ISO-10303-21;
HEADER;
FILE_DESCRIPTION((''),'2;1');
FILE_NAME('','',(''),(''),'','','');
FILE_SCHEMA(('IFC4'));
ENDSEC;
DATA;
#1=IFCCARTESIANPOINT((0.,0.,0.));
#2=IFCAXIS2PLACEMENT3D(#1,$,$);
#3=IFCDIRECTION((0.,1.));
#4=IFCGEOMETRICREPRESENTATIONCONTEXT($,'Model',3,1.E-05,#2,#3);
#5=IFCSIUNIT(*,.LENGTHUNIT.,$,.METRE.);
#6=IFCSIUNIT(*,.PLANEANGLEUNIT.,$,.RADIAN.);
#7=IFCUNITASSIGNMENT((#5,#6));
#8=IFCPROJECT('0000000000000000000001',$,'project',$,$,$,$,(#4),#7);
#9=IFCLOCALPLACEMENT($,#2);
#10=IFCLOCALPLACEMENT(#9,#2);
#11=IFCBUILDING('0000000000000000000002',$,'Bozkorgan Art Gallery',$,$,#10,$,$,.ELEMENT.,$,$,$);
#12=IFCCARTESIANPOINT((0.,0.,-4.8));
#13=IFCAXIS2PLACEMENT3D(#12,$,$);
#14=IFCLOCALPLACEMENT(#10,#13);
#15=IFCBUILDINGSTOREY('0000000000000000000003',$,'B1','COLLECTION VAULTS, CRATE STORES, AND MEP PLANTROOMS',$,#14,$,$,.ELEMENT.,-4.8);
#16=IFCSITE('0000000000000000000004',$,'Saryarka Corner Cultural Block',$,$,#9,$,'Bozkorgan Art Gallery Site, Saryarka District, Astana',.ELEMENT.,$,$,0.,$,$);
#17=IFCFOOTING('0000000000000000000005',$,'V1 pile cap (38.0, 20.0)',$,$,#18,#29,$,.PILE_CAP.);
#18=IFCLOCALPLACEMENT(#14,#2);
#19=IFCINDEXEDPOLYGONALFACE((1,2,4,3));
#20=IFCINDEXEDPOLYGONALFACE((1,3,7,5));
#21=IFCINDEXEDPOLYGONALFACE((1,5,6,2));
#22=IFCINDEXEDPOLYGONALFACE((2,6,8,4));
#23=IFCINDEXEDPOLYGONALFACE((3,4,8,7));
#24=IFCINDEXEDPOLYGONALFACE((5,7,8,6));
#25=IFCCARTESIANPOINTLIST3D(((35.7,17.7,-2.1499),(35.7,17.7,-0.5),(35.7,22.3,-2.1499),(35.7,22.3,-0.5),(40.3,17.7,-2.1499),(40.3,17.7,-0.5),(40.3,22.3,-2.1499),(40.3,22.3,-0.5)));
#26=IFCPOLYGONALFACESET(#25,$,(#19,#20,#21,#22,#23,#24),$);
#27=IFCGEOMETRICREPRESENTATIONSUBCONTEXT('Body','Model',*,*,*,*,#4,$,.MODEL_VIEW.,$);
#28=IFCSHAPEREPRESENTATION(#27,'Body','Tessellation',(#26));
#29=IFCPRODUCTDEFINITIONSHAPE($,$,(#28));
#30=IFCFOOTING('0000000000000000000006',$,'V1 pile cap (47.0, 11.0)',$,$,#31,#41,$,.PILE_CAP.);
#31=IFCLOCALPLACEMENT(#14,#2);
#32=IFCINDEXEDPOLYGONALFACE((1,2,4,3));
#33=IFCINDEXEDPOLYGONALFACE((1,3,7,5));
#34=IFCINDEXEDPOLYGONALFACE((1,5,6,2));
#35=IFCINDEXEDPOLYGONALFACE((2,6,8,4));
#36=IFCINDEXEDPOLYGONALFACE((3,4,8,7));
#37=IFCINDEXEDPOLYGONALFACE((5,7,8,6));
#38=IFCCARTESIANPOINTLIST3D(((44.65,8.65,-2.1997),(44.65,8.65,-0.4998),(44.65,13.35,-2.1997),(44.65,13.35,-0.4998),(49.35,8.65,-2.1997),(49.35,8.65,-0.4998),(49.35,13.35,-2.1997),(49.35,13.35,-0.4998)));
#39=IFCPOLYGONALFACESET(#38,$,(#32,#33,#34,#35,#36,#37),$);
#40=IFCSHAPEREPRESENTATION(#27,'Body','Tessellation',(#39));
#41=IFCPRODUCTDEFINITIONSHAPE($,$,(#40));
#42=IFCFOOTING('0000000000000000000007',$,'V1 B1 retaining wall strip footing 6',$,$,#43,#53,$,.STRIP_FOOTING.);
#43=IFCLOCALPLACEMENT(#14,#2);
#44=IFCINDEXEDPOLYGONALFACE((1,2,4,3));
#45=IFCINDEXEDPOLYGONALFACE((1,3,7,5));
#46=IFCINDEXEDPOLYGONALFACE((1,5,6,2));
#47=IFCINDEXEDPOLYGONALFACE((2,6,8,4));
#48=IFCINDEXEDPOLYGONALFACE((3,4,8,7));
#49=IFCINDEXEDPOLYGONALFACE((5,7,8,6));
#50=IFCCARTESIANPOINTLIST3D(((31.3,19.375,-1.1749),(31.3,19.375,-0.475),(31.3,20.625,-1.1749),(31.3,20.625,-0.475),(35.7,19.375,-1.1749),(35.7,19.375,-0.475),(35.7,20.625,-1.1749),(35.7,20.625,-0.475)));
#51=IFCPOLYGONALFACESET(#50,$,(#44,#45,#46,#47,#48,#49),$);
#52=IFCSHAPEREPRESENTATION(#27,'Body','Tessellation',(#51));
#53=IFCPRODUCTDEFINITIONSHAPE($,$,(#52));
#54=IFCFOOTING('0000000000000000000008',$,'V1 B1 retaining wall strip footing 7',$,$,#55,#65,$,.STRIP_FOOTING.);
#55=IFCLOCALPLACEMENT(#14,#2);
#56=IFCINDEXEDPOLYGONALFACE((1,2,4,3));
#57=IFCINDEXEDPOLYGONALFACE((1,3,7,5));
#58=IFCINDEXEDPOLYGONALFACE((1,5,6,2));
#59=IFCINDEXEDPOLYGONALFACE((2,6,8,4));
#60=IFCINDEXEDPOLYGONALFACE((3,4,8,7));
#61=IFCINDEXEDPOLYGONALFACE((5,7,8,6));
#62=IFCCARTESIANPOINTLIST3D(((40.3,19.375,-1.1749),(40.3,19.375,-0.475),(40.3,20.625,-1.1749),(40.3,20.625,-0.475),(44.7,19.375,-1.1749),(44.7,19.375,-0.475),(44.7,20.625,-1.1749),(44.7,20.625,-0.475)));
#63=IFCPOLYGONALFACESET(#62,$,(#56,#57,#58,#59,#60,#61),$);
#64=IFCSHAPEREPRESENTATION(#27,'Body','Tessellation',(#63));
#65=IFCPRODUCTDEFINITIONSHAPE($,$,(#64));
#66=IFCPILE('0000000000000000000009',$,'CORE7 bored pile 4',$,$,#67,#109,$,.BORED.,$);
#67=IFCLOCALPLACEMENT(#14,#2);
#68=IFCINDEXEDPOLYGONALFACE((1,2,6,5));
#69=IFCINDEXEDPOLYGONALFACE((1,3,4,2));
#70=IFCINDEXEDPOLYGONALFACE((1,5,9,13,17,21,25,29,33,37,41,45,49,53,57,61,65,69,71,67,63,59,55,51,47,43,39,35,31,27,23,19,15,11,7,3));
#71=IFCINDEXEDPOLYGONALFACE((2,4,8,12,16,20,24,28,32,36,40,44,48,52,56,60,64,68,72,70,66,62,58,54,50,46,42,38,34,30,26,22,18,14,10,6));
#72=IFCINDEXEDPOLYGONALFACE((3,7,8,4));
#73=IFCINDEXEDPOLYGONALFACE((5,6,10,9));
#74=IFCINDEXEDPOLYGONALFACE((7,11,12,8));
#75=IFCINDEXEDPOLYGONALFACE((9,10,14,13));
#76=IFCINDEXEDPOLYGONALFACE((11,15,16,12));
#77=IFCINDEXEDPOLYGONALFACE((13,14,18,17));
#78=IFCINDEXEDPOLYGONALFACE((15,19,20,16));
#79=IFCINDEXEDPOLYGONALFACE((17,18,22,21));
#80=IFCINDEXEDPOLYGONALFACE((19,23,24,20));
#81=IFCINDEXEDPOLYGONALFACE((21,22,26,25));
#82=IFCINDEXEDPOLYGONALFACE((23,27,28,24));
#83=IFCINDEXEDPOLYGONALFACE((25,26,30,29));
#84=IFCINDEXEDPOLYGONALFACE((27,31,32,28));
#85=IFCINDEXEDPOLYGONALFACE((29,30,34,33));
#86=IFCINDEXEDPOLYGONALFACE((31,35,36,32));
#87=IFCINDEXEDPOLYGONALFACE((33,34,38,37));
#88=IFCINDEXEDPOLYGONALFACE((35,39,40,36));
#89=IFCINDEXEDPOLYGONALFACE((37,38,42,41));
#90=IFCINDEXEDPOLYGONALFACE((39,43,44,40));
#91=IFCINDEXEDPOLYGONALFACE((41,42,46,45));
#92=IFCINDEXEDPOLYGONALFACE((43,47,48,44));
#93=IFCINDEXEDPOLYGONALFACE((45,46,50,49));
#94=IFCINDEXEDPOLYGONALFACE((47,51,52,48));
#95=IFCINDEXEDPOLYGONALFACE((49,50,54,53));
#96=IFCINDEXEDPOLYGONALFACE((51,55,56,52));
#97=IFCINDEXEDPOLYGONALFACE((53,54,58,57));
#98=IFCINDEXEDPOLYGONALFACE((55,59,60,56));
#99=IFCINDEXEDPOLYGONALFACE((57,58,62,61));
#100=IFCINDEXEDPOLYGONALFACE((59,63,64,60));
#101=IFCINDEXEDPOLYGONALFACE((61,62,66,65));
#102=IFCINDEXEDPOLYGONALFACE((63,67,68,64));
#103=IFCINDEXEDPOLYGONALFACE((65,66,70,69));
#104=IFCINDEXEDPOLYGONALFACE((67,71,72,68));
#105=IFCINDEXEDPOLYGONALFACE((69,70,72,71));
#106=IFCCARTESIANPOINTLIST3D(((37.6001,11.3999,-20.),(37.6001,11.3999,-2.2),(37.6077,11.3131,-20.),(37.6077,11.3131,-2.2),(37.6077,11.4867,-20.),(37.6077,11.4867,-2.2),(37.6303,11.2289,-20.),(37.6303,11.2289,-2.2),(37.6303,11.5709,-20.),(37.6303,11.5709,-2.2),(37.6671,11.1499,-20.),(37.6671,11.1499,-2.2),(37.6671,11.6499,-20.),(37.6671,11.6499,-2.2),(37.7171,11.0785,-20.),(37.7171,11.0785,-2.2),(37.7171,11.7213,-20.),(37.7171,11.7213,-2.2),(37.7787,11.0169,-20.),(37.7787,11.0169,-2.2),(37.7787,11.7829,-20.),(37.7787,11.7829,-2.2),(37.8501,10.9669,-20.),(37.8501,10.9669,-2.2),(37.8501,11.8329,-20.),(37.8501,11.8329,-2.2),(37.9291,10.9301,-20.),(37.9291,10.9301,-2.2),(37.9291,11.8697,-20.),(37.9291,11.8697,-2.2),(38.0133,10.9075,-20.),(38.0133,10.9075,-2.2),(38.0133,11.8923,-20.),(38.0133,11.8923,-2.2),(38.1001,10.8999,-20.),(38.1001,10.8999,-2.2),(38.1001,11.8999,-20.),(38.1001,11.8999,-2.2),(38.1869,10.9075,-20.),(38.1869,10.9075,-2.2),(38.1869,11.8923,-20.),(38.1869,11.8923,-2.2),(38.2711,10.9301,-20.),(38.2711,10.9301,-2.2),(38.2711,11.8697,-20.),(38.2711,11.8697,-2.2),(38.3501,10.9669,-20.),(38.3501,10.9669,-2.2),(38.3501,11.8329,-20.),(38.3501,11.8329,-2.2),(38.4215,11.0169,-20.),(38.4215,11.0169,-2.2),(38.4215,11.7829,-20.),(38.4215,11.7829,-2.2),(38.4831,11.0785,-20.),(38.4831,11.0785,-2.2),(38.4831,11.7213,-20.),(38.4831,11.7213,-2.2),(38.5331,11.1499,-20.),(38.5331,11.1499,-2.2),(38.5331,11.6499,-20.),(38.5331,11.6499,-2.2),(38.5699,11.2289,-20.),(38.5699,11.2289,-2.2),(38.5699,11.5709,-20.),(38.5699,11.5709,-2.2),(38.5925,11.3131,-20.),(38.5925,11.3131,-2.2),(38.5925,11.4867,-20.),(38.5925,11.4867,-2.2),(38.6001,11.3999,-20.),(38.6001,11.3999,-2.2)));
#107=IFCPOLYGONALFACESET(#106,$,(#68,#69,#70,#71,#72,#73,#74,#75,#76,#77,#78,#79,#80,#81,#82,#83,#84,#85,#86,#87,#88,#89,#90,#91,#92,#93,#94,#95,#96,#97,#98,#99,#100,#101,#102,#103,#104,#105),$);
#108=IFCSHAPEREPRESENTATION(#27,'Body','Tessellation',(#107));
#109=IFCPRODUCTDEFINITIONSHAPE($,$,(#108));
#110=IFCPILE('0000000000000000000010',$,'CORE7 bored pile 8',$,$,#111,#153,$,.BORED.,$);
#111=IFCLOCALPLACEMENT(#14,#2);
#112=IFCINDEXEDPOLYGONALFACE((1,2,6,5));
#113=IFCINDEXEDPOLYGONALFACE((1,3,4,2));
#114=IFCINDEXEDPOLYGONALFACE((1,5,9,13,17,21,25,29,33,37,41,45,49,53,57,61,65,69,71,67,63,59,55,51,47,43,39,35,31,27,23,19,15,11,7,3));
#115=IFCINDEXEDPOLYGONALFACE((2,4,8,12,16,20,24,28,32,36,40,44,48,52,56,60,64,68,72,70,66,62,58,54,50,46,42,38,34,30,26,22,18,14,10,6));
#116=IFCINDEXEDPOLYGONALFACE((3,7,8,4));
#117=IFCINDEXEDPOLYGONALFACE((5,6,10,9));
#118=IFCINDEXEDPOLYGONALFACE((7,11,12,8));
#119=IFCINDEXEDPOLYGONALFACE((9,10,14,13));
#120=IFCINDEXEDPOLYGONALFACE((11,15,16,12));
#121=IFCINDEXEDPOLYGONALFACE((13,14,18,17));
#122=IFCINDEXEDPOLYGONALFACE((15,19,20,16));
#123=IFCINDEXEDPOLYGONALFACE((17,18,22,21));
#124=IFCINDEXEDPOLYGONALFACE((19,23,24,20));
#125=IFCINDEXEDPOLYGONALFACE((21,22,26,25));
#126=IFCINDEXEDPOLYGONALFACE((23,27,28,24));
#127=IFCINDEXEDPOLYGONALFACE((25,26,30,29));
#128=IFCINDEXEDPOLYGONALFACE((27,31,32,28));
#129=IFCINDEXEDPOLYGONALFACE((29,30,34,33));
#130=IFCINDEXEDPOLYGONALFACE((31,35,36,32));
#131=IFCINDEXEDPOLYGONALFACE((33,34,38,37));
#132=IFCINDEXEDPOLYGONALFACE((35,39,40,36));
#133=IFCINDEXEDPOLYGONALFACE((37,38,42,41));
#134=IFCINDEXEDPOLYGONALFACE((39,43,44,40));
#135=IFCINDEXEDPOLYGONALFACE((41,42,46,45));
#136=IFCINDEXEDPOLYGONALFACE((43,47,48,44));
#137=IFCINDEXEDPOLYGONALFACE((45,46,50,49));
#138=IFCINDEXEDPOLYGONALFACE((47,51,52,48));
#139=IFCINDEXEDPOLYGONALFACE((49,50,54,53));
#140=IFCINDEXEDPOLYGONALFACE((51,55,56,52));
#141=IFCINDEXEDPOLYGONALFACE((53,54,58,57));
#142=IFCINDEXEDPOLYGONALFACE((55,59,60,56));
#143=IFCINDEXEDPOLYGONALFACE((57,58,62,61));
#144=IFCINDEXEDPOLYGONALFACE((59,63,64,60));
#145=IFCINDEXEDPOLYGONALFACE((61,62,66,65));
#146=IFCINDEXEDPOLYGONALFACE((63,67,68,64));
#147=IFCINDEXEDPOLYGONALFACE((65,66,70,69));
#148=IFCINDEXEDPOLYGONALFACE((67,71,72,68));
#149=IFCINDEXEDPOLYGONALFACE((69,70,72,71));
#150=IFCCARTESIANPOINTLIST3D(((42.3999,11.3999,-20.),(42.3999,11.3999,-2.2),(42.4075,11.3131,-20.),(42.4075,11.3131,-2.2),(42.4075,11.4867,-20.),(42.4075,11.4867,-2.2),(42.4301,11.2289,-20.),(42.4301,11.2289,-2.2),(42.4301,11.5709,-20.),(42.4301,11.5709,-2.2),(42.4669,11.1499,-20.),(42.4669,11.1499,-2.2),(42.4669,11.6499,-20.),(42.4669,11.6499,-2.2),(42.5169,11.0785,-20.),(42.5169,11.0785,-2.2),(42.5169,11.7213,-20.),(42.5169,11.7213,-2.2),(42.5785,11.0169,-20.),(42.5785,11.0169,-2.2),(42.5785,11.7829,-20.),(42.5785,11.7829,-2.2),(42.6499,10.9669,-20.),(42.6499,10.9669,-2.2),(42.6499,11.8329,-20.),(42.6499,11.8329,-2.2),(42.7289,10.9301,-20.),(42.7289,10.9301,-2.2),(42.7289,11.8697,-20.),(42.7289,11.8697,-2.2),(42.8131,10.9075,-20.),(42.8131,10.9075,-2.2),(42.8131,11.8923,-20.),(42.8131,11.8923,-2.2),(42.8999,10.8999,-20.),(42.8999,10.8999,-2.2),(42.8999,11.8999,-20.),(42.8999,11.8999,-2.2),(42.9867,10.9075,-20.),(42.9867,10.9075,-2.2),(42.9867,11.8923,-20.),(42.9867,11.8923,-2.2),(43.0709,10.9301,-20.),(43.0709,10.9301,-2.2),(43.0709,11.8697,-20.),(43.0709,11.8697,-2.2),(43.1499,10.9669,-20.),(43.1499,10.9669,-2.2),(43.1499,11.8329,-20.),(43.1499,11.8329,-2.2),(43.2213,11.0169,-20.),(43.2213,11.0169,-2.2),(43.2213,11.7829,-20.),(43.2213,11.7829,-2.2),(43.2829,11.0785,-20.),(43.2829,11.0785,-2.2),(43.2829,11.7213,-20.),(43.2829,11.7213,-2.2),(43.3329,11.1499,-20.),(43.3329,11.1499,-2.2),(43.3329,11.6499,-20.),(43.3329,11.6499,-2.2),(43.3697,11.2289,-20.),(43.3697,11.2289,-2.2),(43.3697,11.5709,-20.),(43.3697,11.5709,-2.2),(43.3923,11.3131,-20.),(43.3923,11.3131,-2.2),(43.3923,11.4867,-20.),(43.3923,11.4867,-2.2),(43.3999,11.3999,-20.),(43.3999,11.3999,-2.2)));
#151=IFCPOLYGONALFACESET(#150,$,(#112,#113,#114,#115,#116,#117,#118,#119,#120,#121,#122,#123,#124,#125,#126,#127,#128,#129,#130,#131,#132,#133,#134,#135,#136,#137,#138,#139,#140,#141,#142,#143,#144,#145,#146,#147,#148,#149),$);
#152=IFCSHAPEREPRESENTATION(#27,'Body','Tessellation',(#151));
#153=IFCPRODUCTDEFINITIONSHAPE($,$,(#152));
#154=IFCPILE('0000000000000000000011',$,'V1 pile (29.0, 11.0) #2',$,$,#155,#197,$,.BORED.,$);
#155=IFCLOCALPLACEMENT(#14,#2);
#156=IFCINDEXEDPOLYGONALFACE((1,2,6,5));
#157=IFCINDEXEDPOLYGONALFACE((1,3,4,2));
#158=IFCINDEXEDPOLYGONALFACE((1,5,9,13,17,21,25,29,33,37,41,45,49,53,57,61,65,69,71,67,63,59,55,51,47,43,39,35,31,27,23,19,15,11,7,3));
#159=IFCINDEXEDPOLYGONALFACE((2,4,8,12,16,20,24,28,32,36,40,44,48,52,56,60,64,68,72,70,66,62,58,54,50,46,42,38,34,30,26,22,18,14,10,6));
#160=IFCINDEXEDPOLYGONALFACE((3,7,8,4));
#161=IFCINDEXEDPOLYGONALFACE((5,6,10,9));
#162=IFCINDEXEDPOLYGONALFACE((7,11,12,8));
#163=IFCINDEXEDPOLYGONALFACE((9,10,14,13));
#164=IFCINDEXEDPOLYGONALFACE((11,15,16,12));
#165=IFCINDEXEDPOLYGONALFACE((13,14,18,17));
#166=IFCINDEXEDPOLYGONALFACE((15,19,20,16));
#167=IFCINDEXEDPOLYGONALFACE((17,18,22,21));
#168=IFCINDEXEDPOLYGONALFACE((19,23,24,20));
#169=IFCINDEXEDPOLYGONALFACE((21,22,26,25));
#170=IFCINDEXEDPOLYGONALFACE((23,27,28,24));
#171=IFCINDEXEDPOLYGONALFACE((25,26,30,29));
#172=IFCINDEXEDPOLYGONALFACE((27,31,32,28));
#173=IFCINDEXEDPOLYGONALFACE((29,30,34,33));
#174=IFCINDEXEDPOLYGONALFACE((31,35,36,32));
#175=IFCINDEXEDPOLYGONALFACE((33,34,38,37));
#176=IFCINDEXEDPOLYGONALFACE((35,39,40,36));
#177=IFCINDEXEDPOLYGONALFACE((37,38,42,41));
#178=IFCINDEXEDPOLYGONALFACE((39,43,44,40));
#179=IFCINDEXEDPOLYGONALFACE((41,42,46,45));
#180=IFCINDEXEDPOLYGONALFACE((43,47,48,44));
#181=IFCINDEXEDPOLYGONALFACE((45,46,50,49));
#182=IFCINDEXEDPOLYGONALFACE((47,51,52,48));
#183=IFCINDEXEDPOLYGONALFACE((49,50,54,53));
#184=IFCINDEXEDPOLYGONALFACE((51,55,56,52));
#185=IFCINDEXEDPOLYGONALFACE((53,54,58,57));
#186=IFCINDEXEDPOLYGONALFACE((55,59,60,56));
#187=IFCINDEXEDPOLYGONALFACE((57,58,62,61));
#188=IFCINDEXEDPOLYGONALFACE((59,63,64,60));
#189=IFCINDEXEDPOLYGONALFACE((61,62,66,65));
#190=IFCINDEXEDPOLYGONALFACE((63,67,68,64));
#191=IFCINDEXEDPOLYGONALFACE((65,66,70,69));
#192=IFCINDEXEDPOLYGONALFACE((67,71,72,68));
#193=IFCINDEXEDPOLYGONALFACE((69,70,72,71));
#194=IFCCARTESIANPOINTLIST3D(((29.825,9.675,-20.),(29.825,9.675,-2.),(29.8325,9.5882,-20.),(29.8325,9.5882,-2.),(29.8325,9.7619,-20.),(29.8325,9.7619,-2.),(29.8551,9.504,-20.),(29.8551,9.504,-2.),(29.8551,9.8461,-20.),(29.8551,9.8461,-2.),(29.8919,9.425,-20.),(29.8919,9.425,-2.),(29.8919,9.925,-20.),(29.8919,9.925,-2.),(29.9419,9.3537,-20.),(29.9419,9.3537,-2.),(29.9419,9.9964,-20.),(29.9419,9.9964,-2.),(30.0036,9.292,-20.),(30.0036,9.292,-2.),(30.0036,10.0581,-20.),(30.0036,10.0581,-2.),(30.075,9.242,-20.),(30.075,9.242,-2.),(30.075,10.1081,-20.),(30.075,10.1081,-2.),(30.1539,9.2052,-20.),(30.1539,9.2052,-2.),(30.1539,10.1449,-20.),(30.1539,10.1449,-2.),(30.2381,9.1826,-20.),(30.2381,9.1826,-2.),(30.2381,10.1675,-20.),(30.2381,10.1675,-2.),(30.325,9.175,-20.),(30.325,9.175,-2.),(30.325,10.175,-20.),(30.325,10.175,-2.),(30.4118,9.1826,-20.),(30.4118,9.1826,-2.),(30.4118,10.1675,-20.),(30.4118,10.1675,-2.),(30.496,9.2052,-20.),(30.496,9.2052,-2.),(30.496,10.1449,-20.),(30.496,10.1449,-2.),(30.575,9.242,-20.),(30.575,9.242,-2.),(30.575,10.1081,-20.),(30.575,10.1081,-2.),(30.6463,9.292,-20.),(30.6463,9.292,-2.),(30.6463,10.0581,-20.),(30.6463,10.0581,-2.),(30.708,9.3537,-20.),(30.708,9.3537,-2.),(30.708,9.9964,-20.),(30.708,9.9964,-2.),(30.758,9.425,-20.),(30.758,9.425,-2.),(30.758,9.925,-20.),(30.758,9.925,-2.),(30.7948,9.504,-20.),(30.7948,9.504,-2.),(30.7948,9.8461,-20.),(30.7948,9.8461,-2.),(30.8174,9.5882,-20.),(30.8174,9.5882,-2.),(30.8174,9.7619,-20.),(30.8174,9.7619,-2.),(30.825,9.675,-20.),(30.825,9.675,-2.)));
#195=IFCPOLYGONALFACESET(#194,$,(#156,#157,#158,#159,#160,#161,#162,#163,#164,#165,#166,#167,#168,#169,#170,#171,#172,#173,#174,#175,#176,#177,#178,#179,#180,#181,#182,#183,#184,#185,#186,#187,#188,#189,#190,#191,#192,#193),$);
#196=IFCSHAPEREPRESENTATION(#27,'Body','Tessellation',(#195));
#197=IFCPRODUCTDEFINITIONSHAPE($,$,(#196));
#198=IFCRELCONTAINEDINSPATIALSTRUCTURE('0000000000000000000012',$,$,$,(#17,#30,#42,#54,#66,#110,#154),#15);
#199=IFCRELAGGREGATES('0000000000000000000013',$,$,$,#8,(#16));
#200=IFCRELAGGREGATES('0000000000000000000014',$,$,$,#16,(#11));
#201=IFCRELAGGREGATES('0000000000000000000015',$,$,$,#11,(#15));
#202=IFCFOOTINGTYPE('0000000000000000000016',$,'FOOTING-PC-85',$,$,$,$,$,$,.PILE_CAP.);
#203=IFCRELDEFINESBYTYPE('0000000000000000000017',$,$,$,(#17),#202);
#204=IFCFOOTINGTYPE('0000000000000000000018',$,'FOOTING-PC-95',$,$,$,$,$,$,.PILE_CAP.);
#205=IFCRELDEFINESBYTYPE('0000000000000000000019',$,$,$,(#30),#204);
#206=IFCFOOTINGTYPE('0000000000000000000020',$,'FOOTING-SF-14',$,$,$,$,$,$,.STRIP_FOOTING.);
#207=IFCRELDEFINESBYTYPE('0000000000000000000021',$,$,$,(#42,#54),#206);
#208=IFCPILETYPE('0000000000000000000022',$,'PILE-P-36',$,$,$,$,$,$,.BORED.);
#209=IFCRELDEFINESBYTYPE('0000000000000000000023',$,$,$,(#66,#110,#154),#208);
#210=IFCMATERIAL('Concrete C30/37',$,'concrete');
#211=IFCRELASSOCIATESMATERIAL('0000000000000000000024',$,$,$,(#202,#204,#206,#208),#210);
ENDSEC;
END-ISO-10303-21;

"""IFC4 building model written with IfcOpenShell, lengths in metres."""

from ifc_helpers import new_model, si_unit, direction, frame, origin, origin_2d, place, context, subcontext, project, spatial, rectangle, circle, extrude, material, material_profile, profile_set, type_object, element, save


model = new_model("IFC4")

# Units and contexts
model_context = context("Model", 3, precision=1e-05, world=origin(), true_north=direction((0.0, 1.0)))
body_context = subcontext(model_context, "Body", "Model", "MODEL_VIEW")
ifc_project = project(units=[si_unit("LENGTHUNIT", "METRE"), si_unit("PLANEANGLEUNIT", "RADIAN")], contexts=[model_context])

# Site, building, storey
site_placement = place(None, origin())
site = spatial("IfcSite", under=ifc_project, at=site_placement, Name="Saryarka Corner Cultural Block", LongName="Bozkorgan Art Gallery Site, Saryarka District, Astana", CompositionType="ELEMENT", RefElevation=0.0)
building_placement = place(site_placement, origin())
building = spatial("IfcBuilding", under=site, at=building_placement, Name="Bozkorgan Art Gallery", CompositionType="ELEMENT")
storey_placement = place(building_placement, frame((0.0, 0.0, -4.8)))
storey = spatial("IfcBuildingStorey", under=building, at=storey_placement, Name="B1", Description="COLLECTION VAULTS, CRATE STORES, AND MEP PLANTROOMS", CompositionType="ELEMENT", Elevation=-4.8)

# Footings
ifc_material_1 = material(Name="Concrete C30/37", Category="concrete")
footing_type_1 = type_object("IfcFootingType", Name="FOOTING-PC-85", PredefinedType="PILE_CAP", material=ifc_material_1)
footing_1_placement = place(storey_placement, frame((38.0, 20.0, -2.1499), z_axis=(0.0, 0.0, 1.0), x_axis=(1.0, 0.0, 0.0)))
element("IfcFooting", 1, at=footing_1_placement, inside=storey, type_object=footing_type_1, Name="V1 pile cap (38.0, 20.0)", PredefinedType="PILE_CAP", context=body_context, shape_type="SweptSolid", body=[
    extrude(rectangle(XDim=4.6001, YDim=4.6001, at=origin_2d()), origin(), (0.0, 0.0, 1.0), 1.6499),
])
footing_type_2 = type_object("IfcFootingType", Name="FOOTING-PC-95", PredefinedType="PILE_CAP", material=ifc_material_1)
footing_2_placement = place(storey_placement, frame((47.0, 11.0, -2.1997), z_axis=(0.0, 0.0, 1.0), x_axis=(1.0, 0.0, 0.0)))
element("IfcFooting", 2, at=footing_2_placement, inside=storey, type_object=footing_type_2, Name="V1 pile cap (47.0, 11.0)", PredefinedType="PILE_CAP", context=body_context, shape_type="SweptSolid", body=[
    extrude(rectangle(XDim=4.7, YDim=4.7, at=origin_2d()), origin(), (0.0, 0.0, 1.0), 1.7),
])
ifc_material_profile_1 = material_profile(ifc_material_1, rectangle(XDim=1.25, YDim=0.7, at=origin_2d()), Name="FND 1250x700")
ifc_profile_set_1 = profile_set([ifc_material_profile_1], Name="Concrete C30/37")
footing_type_3 = type_object("IfcFootingType", Name="FOOTING-SF-14", PredefinedType="STRIP_FOOTING", material=ifc_profile_set_1)
for number, where, z_axis, x_axis, name in (
    (3, (31.3, 20.0, -0.825), (1.0, 0.0, 0.0), (0.0, 1.0, 0.0), "V1 B1 retaining wall strip footing 6"),
    (4, (40.3, 20.0, -0.825), (1.0, 0.0, 0.0), (0.0, 1.0, 0.0), "V1 B1 retaining wall strip footing 7"),
):
    element("IfcFooting", number, at=place(storey_placement, frame(where, z_axis=z_axis, x_axis=x_axis)), inside=storey, type_object=footing_type_3, Name=name, PredefinedType="STRIP_FOOTING", context=body_context, shape_type="SweptSolid", body=[
        extrude(rectangle(XDim=1.25, YDim=0.7, at=origin_2d()), origin(), (0.0, 0.0, 1.0), 4.3999),
    ])

# Piles
ifc_material_profile_2 = material_profile(ifc_material_1, circle(Radius=0.5, at=origin_2d()), Name="PILE D1000")
ifc_profile_set_2 = profile_set([ifc_material_profile_2], Name="Concrete C30/37")
pile_type = type_object("IfcPileType", Name="PILE-P-36", PredefinedType="BORED", material=ifc_profile_set_2)
for number, where, z_axis, x_axis, name in (
    (5, (38.1001, 11.3999, -2.2), (0.0, 0.0, -1.0), (1.0, 0.0, 0.0), "CORE7 bored pile 4"),
    (6, (42.8999, 11.3999, -2.2), (0.0, 0.0, -1.0), (1.0, 0.0, 0.0), "CORE7 bored pile 8"),
):
    element("IfcPile", number, at=place(storey_placement, frame(where, z_axis=z_axis, x_axis=x_axis)), inside=storey, type_object=pile_type, Name=name, PredefinedType="BORED", context=body_context, shape_type="SweptSolid", body=[
        extrude(circle(Radius=0.5, at=origin_2d()), origin(), (0.0, 0.0, 1.0), 17.8),
    ])
for number, where, z_axis, x_axis, name in (
    (7, (30.325, 9.675, -2.0), (0.0, 0.0, -1.0), (1.0, 0.0, 0.0), "V1 pile (29.0, 11.0) #2"),
):
    element("IfcPile", number, at=place(storey_placement, frame(where, z_axis=z_axis, x_axis=x_axis)), inside=storey, type_object=pile_type, Name=name, PredefinedType="BORED", context=body_context, shape_type="SweptSolid", body=[
        extrude(circle(Radius=0.5, at=origin_2d()), origin(), (0.0, 0.0, 1.0), 18.0),
    ])

save(model, "model.ifc")
